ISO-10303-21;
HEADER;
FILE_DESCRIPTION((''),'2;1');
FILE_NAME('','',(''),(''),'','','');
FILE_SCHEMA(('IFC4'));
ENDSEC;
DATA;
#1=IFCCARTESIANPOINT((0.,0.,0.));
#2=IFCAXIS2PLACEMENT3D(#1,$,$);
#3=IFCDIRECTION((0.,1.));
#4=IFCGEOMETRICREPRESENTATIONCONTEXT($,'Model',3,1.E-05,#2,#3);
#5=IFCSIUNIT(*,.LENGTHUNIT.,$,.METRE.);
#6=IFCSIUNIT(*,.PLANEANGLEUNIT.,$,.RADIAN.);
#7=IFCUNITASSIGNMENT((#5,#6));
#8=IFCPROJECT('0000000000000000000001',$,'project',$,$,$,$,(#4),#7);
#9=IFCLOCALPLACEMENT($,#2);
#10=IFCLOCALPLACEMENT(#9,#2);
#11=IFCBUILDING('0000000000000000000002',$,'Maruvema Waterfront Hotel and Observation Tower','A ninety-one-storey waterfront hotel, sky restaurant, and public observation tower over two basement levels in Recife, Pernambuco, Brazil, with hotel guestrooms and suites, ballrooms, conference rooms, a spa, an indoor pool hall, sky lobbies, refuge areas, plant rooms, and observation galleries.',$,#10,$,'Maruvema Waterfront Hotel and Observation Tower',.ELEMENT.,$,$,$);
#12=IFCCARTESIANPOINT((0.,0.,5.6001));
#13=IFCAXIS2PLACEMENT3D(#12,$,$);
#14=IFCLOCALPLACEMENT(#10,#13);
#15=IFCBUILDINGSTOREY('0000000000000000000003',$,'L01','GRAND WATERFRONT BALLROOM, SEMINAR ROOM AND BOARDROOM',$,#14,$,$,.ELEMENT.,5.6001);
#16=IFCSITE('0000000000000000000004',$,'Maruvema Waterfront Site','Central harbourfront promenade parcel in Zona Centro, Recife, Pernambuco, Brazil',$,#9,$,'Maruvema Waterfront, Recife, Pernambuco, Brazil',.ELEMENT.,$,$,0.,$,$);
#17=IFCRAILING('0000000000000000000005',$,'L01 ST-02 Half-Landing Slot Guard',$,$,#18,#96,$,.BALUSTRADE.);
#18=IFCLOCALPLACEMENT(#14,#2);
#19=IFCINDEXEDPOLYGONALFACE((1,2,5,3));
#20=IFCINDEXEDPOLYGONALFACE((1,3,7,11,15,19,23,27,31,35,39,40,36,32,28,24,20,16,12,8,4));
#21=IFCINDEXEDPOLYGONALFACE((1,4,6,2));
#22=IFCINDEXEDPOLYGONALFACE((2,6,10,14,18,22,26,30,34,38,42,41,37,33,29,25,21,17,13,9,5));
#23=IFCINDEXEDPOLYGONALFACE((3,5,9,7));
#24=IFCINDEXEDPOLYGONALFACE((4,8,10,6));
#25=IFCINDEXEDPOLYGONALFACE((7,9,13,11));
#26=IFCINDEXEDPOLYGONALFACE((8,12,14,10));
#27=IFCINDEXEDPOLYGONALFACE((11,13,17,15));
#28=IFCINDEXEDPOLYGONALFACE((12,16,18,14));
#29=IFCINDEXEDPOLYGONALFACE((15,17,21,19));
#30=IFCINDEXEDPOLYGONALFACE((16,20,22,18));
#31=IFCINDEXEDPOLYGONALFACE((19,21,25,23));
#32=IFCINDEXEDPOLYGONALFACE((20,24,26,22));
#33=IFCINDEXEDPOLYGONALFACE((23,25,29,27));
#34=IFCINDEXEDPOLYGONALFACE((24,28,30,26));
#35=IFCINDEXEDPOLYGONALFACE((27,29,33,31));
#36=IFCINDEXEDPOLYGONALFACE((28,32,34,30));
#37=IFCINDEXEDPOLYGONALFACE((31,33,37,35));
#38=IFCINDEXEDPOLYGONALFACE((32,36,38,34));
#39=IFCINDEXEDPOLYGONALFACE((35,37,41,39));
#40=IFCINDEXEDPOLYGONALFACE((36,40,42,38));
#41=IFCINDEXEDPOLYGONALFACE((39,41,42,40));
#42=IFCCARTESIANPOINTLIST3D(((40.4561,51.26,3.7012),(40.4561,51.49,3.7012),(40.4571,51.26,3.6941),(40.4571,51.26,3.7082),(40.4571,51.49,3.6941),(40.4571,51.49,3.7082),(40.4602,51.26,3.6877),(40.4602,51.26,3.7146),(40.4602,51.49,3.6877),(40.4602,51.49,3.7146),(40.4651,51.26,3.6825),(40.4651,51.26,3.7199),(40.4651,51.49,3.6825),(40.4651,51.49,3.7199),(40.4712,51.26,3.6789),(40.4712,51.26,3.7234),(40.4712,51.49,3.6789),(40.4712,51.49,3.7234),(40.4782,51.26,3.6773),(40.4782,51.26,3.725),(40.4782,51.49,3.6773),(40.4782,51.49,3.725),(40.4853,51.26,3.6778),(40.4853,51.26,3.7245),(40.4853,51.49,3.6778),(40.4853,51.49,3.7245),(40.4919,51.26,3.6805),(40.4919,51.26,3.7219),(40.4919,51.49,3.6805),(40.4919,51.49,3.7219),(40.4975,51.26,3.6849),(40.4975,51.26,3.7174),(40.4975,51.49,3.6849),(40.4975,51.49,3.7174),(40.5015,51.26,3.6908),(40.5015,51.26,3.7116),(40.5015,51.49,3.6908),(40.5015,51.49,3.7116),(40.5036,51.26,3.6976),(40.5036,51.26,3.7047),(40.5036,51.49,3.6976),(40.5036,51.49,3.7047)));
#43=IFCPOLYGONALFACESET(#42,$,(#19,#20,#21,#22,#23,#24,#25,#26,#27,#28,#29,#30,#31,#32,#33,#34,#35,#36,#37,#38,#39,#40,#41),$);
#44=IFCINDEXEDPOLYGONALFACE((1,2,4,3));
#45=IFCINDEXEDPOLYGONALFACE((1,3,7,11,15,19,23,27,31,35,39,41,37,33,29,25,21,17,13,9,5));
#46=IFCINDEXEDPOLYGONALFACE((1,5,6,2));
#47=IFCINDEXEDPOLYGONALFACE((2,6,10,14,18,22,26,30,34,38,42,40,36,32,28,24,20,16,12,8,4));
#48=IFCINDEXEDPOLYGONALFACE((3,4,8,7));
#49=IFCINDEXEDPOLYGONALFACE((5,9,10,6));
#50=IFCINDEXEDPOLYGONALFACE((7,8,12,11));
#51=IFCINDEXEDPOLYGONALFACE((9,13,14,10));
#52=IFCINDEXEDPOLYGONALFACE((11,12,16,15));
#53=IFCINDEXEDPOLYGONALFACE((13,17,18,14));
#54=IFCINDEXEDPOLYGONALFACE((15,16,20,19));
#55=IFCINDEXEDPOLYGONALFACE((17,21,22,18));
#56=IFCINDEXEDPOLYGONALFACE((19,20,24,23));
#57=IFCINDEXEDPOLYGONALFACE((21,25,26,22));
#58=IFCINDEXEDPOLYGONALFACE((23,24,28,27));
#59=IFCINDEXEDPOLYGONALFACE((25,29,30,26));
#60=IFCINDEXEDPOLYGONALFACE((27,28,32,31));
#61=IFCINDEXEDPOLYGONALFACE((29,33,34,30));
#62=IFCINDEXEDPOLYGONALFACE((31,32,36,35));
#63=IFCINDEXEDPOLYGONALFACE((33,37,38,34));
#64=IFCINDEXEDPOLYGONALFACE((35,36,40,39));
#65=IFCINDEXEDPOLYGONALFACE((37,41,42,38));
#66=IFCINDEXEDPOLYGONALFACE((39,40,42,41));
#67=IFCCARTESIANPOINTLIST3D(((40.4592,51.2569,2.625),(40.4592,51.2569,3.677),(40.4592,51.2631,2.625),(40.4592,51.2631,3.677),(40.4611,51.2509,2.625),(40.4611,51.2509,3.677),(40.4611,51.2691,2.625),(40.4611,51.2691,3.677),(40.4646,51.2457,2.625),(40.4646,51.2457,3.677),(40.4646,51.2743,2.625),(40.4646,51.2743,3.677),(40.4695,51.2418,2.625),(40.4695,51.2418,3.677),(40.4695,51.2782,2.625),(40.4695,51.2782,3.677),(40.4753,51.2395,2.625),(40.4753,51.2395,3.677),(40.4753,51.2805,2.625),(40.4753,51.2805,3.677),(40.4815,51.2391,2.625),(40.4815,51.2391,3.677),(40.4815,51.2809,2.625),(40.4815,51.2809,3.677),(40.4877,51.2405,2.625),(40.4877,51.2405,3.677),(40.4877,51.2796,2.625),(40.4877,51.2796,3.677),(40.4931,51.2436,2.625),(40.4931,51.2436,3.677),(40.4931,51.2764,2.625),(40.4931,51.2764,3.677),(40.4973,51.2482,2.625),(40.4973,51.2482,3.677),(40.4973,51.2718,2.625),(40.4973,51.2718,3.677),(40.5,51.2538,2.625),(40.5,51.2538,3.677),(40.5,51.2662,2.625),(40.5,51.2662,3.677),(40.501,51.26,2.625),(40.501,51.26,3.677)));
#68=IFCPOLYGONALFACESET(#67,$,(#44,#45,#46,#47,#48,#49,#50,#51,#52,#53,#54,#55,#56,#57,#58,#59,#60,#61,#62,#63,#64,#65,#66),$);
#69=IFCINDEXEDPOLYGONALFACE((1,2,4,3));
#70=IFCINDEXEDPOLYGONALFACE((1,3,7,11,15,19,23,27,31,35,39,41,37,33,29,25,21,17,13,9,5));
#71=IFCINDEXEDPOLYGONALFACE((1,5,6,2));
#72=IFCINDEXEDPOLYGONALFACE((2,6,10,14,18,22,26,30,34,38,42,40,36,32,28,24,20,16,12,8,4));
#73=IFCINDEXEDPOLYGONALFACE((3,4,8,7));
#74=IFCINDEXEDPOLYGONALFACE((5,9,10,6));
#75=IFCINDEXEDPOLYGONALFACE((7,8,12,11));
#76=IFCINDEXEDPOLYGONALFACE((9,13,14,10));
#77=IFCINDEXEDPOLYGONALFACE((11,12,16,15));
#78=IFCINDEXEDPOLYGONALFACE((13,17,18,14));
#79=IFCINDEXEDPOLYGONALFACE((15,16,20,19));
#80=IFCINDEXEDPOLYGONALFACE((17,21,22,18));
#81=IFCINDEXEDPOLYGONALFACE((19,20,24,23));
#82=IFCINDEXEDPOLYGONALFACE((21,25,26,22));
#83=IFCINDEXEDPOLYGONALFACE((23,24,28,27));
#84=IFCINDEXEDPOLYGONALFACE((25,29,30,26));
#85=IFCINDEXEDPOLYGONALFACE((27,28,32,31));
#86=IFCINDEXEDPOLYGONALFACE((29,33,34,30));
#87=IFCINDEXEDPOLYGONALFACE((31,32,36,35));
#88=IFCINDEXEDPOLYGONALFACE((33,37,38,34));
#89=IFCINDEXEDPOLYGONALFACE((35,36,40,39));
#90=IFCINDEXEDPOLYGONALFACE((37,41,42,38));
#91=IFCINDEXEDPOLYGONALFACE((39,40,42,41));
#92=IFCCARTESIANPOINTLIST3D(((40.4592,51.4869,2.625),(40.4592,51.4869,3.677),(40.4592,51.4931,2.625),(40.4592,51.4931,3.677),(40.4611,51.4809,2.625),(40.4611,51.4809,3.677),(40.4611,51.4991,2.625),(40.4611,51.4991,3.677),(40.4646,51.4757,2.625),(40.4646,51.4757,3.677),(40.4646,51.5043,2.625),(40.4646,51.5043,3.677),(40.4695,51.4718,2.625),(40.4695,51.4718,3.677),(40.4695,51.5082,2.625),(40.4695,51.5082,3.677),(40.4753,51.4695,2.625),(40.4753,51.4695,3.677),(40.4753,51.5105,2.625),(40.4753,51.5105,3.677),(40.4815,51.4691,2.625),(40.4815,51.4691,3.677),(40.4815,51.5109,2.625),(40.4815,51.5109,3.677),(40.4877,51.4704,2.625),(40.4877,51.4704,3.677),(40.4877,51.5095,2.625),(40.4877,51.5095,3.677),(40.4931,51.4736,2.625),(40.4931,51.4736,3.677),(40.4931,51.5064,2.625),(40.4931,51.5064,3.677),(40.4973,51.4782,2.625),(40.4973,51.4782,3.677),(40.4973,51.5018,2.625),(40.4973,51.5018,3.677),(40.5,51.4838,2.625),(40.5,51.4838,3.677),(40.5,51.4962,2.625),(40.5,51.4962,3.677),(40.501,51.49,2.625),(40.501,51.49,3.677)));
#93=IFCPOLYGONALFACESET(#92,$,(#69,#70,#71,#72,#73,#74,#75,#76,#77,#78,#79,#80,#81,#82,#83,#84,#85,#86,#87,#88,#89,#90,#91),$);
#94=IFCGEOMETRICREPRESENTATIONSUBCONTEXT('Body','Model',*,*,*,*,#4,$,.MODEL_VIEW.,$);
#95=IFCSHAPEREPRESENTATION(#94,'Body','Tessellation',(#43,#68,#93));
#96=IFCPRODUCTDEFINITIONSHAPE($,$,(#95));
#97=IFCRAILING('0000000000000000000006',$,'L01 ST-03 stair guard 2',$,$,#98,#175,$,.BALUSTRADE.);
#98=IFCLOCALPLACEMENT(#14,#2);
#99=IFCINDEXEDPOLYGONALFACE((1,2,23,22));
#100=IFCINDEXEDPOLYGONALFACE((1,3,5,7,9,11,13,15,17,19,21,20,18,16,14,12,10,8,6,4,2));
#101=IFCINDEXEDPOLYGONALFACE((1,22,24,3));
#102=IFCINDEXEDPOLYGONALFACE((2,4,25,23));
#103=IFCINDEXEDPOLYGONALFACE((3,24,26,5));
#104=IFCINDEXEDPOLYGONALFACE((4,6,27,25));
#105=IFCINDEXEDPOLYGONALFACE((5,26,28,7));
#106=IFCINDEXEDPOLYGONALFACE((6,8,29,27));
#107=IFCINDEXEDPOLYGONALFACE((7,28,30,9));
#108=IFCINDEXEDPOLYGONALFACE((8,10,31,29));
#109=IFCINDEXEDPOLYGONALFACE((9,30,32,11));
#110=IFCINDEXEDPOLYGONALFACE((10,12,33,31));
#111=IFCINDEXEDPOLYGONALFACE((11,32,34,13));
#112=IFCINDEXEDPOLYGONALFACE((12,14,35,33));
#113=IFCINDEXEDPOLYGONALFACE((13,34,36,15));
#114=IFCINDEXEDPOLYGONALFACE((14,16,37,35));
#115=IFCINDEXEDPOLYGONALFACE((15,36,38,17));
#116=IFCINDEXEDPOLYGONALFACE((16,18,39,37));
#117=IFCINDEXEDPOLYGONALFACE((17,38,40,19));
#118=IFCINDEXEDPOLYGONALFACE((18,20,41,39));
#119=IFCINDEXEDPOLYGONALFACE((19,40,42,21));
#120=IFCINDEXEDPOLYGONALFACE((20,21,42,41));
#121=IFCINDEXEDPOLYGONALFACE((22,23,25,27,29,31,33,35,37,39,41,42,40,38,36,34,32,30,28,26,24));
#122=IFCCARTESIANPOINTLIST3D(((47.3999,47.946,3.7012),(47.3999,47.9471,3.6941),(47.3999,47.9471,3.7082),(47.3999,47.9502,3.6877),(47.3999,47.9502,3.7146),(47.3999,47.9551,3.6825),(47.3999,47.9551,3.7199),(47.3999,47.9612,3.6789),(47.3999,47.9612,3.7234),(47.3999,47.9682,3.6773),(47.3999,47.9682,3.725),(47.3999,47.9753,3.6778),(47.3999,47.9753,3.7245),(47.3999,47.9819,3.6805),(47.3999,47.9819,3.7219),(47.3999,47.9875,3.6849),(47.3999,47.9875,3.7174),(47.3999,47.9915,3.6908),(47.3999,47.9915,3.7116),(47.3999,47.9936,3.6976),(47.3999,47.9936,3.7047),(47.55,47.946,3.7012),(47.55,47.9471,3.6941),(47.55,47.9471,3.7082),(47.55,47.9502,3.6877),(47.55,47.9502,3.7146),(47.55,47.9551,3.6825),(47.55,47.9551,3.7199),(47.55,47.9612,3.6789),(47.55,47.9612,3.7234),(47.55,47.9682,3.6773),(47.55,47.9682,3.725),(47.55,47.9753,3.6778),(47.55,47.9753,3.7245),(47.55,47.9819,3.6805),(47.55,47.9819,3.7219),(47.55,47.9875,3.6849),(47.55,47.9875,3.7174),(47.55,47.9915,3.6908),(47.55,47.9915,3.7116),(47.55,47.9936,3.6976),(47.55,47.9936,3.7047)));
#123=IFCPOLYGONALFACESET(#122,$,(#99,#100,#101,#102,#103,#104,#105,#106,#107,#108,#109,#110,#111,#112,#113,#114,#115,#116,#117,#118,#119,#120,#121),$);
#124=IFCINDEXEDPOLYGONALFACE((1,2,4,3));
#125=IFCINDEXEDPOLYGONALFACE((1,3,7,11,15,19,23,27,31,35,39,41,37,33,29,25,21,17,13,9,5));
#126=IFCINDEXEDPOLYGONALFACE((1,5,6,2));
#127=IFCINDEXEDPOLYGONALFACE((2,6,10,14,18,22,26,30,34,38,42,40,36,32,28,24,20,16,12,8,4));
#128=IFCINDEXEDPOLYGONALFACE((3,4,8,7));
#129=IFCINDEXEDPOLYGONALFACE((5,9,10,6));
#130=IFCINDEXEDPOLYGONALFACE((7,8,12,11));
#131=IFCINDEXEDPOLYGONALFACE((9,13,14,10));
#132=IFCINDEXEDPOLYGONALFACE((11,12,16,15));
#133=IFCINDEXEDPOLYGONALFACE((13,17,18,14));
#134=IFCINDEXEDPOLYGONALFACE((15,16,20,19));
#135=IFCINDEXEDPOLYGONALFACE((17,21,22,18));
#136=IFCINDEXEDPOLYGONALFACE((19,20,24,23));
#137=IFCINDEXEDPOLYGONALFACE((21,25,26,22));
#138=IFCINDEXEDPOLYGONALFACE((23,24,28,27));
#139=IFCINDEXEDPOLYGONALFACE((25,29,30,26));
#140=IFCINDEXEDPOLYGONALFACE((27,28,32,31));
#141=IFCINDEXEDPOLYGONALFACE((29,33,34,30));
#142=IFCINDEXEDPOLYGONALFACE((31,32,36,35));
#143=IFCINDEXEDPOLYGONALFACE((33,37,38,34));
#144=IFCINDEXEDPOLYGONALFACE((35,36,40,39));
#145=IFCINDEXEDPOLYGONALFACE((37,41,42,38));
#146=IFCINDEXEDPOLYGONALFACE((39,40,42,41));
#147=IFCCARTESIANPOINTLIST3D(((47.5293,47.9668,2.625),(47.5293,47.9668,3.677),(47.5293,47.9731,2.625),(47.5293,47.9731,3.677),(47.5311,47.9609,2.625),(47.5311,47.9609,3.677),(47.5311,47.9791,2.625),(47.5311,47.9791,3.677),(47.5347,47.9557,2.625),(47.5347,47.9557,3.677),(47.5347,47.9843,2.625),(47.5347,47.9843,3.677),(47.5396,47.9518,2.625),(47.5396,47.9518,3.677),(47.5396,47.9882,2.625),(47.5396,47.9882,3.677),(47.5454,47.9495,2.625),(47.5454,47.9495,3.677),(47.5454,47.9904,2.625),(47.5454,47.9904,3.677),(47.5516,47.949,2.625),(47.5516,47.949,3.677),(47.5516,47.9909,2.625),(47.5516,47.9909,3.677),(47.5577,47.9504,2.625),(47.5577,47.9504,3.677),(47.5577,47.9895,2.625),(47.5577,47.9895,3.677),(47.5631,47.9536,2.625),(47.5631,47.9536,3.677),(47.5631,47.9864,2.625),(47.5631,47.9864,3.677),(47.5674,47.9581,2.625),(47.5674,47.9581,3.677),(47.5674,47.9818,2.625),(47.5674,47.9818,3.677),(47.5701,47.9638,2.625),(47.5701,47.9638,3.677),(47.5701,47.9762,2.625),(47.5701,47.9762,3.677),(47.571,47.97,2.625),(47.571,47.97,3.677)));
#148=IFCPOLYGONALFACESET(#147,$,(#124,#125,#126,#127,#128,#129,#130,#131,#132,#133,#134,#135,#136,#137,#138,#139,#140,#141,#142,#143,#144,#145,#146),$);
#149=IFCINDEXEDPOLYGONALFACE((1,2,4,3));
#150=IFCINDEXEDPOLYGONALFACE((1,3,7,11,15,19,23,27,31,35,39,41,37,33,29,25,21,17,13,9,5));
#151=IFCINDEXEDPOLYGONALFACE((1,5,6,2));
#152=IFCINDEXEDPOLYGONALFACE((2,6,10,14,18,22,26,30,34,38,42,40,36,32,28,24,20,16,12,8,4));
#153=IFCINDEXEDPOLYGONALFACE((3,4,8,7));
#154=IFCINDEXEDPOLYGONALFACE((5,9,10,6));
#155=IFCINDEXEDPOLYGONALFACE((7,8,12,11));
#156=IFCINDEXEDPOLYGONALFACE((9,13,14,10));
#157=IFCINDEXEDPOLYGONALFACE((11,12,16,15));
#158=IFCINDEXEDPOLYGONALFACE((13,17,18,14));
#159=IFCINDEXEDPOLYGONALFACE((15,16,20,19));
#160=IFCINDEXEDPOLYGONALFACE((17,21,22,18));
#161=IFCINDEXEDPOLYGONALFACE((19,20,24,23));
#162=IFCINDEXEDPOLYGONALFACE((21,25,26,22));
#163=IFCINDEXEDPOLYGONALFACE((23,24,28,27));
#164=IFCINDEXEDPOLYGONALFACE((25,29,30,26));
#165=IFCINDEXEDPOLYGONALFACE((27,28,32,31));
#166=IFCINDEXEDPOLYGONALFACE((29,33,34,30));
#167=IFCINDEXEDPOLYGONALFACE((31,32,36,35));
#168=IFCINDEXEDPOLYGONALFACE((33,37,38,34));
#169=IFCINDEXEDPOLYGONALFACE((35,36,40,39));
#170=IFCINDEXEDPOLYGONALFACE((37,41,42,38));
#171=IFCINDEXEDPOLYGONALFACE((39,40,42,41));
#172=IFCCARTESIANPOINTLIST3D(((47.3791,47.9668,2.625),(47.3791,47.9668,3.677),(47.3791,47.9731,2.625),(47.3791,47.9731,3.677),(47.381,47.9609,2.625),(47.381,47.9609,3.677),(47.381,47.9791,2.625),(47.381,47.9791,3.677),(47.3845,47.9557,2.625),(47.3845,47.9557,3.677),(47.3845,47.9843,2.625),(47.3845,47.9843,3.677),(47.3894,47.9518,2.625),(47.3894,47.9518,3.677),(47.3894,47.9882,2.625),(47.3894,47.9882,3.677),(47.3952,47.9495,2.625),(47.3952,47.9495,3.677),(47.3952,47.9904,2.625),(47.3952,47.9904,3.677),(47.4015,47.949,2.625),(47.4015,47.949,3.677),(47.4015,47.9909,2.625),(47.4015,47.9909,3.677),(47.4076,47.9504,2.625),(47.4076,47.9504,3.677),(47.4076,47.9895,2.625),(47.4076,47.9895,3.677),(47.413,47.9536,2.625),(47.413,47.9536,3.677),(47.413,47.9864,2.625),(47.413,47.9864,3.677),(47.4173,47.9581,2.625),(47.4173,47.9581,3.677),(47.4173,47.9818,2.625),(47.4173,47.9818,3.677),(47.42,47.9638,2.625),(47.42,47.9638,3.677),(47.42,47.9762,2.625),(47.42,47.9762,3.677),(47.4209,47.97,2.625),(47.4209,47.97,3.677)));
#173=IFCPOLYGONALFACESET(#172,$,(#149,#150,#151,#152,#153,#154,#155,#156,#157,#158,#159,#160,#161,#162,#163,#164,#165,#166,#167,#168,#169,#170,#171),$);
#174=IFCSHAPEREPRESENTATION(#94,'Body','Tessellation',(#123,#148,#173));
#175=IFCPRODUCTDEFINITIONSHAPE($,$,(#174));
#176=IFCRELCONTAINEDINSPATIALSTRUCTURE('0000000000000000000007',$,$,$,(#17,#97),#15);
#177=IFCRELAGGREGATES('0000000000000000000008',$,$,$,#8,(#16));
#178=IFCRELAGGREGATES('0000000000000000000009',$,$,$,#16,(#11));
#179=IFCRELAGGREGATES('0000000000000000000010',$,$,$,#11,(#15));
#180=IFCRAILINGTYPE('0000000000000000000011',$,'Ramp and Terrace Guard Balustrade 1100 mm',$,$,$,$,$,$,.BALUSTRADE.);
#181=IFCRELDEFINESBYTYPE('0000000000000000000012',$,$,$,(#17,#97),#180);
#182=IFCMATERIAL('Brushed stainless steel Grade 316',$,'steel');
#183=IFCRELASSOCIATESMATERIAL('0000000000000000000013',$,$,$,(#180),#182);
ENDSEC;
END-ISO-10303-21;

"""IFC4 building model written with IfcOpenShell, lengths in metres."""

from ifc_helpers import new_model, si_unit, direction, frame, origin, origin_2d, place, context, subcontext, project, spatial, circle, extrude, material, type_object, element, save


model = new_model("IFC4")

# Units and contexts
model_context = context("Model", 3, precision=1e-05, world=origin(), true_north=direction((0.0, 1.0)))
body_context = subcontext(model_context, "Body", "Model", "MODEL_VIEW")
ifc_project = project(units=[si_unit("LENGTHUNIT", "METRE"), si_unit("PLANEANGLEUNIT", "RADIAN")], contexts=[model_context])

# Site, building, storey
site_placement = place(None, origin())
site = spatial("IfcSite", under=ifc_project, at=site_placement, Name="Maruvema Waterfront Site", Description="Central harbourfront promenade parcel in Zona Centro, Recife, Pernambuco, Brazil", LongName="Maruvema Waterfront, Recife, Pernambuco, Brazil", CompositionType="ELEMENT", RefElevation=0.0)
building_placement = place(site_placement, origin())
building = spatial("IfcBuilding", under=site, at=building_placement, Name="Maruvema Waterfront Hotel and Observation Tower", Description="A ninety-one-storey waterfront hotel, sky restaurant, and public observation tower over two basement levels in Recife, Pernambuco, Brazil, with hotel guestrooms and suites, ballrooms, conference rooms, a spa, an indoor pool hall, sky lobbies, refuge areas, plant rooms, and observation galleries.", LongName="Maruvema Waterfront Hotel and Observation Tower", CompositionType="ELEMENT")
storey_placement = place(building_placement, frame((0.0, 0.0, 5.6001)))
storey = spatial("IfcBuildingStorey", under=building, at=storey_placement, Name="L01", Description="GRAND WATERFRONT BALLROOM, SEMINAR ROOM AND BOARDROOM", CompositionType="ELEMENT", Elevation=5.6001)

# Railings
ifc_material_1 = material(Name="Brushed stainless steel Grade 316", Category="steel")
railing_type_1 = type_object("IfcRailingType", Name="Ramp and Terrace Guard Balustrade 1100 mm", PredefinedType="BALUSTRADE", material=ifc_material_1)
railing_1_placement = place(storey_placement, frame((40.48, 51.26, 2.625)))
element("IfcRailing", 1, at=railing_1_placement, inside=storey, type_object=railing_type_1, Name="L01 ST-02 Half-Landing Slot Guard", PredefinedType="BALUSTRADE", context=body_context, shape_type="SweptSolid", body=[
    extrude(circle(Radius=0.0239, at=origin_2d()), frame((0.0, 0.0, 1.0762), z_axis=(0.0, 1.0, 0.0), x_axis=(-1.0, 0.0, 0.0)), (0.0, 0.0, 1.0), 0.23),
    extrude(circle(Radius=0.021, at=origin_2d()), origin(), (0.0, 0.0, 1.0), 1.052),
    extrude(circle(Radius=0.021, at=origin_2d()), frame((0.0, 0.23, 0.0)), (0.0, 0.0, 1.0), 1.052),
])
railing_2_placement = place(storey_placement, frame((47.55, 47.97, 2.625)))
element("IfcRailing", 2, at=railing_2_placement, inside=storey, type_object=railing_type_1, Name="L01 ST-03 stair guard 2", PredefinedType="BALUSTRADE", context=body_context, shape_type="SweptSolid", body=[
    extrude(circle(Radius=0.0239, at=origin_2d()), frame((0.0, 0.0, 1.0762), z_axis=(-1.0, 0.0, 0.0), x_axis=(0.0, -1.0, 0.0)), (0.0, 0.0, 1.0), 0.1501),
    extrude(circle(Radius=0.021, at=origin_2d()), origin(), (0.0, 0.0, 1.0), 1.052),
    extrude(circle(Radius=0.021, at=origin_2d()), frame((-0.1501, 0.0, 0.0)), (0.0, 0.0, 1.0), 1.052),
])

save(model, "model.ifc")
